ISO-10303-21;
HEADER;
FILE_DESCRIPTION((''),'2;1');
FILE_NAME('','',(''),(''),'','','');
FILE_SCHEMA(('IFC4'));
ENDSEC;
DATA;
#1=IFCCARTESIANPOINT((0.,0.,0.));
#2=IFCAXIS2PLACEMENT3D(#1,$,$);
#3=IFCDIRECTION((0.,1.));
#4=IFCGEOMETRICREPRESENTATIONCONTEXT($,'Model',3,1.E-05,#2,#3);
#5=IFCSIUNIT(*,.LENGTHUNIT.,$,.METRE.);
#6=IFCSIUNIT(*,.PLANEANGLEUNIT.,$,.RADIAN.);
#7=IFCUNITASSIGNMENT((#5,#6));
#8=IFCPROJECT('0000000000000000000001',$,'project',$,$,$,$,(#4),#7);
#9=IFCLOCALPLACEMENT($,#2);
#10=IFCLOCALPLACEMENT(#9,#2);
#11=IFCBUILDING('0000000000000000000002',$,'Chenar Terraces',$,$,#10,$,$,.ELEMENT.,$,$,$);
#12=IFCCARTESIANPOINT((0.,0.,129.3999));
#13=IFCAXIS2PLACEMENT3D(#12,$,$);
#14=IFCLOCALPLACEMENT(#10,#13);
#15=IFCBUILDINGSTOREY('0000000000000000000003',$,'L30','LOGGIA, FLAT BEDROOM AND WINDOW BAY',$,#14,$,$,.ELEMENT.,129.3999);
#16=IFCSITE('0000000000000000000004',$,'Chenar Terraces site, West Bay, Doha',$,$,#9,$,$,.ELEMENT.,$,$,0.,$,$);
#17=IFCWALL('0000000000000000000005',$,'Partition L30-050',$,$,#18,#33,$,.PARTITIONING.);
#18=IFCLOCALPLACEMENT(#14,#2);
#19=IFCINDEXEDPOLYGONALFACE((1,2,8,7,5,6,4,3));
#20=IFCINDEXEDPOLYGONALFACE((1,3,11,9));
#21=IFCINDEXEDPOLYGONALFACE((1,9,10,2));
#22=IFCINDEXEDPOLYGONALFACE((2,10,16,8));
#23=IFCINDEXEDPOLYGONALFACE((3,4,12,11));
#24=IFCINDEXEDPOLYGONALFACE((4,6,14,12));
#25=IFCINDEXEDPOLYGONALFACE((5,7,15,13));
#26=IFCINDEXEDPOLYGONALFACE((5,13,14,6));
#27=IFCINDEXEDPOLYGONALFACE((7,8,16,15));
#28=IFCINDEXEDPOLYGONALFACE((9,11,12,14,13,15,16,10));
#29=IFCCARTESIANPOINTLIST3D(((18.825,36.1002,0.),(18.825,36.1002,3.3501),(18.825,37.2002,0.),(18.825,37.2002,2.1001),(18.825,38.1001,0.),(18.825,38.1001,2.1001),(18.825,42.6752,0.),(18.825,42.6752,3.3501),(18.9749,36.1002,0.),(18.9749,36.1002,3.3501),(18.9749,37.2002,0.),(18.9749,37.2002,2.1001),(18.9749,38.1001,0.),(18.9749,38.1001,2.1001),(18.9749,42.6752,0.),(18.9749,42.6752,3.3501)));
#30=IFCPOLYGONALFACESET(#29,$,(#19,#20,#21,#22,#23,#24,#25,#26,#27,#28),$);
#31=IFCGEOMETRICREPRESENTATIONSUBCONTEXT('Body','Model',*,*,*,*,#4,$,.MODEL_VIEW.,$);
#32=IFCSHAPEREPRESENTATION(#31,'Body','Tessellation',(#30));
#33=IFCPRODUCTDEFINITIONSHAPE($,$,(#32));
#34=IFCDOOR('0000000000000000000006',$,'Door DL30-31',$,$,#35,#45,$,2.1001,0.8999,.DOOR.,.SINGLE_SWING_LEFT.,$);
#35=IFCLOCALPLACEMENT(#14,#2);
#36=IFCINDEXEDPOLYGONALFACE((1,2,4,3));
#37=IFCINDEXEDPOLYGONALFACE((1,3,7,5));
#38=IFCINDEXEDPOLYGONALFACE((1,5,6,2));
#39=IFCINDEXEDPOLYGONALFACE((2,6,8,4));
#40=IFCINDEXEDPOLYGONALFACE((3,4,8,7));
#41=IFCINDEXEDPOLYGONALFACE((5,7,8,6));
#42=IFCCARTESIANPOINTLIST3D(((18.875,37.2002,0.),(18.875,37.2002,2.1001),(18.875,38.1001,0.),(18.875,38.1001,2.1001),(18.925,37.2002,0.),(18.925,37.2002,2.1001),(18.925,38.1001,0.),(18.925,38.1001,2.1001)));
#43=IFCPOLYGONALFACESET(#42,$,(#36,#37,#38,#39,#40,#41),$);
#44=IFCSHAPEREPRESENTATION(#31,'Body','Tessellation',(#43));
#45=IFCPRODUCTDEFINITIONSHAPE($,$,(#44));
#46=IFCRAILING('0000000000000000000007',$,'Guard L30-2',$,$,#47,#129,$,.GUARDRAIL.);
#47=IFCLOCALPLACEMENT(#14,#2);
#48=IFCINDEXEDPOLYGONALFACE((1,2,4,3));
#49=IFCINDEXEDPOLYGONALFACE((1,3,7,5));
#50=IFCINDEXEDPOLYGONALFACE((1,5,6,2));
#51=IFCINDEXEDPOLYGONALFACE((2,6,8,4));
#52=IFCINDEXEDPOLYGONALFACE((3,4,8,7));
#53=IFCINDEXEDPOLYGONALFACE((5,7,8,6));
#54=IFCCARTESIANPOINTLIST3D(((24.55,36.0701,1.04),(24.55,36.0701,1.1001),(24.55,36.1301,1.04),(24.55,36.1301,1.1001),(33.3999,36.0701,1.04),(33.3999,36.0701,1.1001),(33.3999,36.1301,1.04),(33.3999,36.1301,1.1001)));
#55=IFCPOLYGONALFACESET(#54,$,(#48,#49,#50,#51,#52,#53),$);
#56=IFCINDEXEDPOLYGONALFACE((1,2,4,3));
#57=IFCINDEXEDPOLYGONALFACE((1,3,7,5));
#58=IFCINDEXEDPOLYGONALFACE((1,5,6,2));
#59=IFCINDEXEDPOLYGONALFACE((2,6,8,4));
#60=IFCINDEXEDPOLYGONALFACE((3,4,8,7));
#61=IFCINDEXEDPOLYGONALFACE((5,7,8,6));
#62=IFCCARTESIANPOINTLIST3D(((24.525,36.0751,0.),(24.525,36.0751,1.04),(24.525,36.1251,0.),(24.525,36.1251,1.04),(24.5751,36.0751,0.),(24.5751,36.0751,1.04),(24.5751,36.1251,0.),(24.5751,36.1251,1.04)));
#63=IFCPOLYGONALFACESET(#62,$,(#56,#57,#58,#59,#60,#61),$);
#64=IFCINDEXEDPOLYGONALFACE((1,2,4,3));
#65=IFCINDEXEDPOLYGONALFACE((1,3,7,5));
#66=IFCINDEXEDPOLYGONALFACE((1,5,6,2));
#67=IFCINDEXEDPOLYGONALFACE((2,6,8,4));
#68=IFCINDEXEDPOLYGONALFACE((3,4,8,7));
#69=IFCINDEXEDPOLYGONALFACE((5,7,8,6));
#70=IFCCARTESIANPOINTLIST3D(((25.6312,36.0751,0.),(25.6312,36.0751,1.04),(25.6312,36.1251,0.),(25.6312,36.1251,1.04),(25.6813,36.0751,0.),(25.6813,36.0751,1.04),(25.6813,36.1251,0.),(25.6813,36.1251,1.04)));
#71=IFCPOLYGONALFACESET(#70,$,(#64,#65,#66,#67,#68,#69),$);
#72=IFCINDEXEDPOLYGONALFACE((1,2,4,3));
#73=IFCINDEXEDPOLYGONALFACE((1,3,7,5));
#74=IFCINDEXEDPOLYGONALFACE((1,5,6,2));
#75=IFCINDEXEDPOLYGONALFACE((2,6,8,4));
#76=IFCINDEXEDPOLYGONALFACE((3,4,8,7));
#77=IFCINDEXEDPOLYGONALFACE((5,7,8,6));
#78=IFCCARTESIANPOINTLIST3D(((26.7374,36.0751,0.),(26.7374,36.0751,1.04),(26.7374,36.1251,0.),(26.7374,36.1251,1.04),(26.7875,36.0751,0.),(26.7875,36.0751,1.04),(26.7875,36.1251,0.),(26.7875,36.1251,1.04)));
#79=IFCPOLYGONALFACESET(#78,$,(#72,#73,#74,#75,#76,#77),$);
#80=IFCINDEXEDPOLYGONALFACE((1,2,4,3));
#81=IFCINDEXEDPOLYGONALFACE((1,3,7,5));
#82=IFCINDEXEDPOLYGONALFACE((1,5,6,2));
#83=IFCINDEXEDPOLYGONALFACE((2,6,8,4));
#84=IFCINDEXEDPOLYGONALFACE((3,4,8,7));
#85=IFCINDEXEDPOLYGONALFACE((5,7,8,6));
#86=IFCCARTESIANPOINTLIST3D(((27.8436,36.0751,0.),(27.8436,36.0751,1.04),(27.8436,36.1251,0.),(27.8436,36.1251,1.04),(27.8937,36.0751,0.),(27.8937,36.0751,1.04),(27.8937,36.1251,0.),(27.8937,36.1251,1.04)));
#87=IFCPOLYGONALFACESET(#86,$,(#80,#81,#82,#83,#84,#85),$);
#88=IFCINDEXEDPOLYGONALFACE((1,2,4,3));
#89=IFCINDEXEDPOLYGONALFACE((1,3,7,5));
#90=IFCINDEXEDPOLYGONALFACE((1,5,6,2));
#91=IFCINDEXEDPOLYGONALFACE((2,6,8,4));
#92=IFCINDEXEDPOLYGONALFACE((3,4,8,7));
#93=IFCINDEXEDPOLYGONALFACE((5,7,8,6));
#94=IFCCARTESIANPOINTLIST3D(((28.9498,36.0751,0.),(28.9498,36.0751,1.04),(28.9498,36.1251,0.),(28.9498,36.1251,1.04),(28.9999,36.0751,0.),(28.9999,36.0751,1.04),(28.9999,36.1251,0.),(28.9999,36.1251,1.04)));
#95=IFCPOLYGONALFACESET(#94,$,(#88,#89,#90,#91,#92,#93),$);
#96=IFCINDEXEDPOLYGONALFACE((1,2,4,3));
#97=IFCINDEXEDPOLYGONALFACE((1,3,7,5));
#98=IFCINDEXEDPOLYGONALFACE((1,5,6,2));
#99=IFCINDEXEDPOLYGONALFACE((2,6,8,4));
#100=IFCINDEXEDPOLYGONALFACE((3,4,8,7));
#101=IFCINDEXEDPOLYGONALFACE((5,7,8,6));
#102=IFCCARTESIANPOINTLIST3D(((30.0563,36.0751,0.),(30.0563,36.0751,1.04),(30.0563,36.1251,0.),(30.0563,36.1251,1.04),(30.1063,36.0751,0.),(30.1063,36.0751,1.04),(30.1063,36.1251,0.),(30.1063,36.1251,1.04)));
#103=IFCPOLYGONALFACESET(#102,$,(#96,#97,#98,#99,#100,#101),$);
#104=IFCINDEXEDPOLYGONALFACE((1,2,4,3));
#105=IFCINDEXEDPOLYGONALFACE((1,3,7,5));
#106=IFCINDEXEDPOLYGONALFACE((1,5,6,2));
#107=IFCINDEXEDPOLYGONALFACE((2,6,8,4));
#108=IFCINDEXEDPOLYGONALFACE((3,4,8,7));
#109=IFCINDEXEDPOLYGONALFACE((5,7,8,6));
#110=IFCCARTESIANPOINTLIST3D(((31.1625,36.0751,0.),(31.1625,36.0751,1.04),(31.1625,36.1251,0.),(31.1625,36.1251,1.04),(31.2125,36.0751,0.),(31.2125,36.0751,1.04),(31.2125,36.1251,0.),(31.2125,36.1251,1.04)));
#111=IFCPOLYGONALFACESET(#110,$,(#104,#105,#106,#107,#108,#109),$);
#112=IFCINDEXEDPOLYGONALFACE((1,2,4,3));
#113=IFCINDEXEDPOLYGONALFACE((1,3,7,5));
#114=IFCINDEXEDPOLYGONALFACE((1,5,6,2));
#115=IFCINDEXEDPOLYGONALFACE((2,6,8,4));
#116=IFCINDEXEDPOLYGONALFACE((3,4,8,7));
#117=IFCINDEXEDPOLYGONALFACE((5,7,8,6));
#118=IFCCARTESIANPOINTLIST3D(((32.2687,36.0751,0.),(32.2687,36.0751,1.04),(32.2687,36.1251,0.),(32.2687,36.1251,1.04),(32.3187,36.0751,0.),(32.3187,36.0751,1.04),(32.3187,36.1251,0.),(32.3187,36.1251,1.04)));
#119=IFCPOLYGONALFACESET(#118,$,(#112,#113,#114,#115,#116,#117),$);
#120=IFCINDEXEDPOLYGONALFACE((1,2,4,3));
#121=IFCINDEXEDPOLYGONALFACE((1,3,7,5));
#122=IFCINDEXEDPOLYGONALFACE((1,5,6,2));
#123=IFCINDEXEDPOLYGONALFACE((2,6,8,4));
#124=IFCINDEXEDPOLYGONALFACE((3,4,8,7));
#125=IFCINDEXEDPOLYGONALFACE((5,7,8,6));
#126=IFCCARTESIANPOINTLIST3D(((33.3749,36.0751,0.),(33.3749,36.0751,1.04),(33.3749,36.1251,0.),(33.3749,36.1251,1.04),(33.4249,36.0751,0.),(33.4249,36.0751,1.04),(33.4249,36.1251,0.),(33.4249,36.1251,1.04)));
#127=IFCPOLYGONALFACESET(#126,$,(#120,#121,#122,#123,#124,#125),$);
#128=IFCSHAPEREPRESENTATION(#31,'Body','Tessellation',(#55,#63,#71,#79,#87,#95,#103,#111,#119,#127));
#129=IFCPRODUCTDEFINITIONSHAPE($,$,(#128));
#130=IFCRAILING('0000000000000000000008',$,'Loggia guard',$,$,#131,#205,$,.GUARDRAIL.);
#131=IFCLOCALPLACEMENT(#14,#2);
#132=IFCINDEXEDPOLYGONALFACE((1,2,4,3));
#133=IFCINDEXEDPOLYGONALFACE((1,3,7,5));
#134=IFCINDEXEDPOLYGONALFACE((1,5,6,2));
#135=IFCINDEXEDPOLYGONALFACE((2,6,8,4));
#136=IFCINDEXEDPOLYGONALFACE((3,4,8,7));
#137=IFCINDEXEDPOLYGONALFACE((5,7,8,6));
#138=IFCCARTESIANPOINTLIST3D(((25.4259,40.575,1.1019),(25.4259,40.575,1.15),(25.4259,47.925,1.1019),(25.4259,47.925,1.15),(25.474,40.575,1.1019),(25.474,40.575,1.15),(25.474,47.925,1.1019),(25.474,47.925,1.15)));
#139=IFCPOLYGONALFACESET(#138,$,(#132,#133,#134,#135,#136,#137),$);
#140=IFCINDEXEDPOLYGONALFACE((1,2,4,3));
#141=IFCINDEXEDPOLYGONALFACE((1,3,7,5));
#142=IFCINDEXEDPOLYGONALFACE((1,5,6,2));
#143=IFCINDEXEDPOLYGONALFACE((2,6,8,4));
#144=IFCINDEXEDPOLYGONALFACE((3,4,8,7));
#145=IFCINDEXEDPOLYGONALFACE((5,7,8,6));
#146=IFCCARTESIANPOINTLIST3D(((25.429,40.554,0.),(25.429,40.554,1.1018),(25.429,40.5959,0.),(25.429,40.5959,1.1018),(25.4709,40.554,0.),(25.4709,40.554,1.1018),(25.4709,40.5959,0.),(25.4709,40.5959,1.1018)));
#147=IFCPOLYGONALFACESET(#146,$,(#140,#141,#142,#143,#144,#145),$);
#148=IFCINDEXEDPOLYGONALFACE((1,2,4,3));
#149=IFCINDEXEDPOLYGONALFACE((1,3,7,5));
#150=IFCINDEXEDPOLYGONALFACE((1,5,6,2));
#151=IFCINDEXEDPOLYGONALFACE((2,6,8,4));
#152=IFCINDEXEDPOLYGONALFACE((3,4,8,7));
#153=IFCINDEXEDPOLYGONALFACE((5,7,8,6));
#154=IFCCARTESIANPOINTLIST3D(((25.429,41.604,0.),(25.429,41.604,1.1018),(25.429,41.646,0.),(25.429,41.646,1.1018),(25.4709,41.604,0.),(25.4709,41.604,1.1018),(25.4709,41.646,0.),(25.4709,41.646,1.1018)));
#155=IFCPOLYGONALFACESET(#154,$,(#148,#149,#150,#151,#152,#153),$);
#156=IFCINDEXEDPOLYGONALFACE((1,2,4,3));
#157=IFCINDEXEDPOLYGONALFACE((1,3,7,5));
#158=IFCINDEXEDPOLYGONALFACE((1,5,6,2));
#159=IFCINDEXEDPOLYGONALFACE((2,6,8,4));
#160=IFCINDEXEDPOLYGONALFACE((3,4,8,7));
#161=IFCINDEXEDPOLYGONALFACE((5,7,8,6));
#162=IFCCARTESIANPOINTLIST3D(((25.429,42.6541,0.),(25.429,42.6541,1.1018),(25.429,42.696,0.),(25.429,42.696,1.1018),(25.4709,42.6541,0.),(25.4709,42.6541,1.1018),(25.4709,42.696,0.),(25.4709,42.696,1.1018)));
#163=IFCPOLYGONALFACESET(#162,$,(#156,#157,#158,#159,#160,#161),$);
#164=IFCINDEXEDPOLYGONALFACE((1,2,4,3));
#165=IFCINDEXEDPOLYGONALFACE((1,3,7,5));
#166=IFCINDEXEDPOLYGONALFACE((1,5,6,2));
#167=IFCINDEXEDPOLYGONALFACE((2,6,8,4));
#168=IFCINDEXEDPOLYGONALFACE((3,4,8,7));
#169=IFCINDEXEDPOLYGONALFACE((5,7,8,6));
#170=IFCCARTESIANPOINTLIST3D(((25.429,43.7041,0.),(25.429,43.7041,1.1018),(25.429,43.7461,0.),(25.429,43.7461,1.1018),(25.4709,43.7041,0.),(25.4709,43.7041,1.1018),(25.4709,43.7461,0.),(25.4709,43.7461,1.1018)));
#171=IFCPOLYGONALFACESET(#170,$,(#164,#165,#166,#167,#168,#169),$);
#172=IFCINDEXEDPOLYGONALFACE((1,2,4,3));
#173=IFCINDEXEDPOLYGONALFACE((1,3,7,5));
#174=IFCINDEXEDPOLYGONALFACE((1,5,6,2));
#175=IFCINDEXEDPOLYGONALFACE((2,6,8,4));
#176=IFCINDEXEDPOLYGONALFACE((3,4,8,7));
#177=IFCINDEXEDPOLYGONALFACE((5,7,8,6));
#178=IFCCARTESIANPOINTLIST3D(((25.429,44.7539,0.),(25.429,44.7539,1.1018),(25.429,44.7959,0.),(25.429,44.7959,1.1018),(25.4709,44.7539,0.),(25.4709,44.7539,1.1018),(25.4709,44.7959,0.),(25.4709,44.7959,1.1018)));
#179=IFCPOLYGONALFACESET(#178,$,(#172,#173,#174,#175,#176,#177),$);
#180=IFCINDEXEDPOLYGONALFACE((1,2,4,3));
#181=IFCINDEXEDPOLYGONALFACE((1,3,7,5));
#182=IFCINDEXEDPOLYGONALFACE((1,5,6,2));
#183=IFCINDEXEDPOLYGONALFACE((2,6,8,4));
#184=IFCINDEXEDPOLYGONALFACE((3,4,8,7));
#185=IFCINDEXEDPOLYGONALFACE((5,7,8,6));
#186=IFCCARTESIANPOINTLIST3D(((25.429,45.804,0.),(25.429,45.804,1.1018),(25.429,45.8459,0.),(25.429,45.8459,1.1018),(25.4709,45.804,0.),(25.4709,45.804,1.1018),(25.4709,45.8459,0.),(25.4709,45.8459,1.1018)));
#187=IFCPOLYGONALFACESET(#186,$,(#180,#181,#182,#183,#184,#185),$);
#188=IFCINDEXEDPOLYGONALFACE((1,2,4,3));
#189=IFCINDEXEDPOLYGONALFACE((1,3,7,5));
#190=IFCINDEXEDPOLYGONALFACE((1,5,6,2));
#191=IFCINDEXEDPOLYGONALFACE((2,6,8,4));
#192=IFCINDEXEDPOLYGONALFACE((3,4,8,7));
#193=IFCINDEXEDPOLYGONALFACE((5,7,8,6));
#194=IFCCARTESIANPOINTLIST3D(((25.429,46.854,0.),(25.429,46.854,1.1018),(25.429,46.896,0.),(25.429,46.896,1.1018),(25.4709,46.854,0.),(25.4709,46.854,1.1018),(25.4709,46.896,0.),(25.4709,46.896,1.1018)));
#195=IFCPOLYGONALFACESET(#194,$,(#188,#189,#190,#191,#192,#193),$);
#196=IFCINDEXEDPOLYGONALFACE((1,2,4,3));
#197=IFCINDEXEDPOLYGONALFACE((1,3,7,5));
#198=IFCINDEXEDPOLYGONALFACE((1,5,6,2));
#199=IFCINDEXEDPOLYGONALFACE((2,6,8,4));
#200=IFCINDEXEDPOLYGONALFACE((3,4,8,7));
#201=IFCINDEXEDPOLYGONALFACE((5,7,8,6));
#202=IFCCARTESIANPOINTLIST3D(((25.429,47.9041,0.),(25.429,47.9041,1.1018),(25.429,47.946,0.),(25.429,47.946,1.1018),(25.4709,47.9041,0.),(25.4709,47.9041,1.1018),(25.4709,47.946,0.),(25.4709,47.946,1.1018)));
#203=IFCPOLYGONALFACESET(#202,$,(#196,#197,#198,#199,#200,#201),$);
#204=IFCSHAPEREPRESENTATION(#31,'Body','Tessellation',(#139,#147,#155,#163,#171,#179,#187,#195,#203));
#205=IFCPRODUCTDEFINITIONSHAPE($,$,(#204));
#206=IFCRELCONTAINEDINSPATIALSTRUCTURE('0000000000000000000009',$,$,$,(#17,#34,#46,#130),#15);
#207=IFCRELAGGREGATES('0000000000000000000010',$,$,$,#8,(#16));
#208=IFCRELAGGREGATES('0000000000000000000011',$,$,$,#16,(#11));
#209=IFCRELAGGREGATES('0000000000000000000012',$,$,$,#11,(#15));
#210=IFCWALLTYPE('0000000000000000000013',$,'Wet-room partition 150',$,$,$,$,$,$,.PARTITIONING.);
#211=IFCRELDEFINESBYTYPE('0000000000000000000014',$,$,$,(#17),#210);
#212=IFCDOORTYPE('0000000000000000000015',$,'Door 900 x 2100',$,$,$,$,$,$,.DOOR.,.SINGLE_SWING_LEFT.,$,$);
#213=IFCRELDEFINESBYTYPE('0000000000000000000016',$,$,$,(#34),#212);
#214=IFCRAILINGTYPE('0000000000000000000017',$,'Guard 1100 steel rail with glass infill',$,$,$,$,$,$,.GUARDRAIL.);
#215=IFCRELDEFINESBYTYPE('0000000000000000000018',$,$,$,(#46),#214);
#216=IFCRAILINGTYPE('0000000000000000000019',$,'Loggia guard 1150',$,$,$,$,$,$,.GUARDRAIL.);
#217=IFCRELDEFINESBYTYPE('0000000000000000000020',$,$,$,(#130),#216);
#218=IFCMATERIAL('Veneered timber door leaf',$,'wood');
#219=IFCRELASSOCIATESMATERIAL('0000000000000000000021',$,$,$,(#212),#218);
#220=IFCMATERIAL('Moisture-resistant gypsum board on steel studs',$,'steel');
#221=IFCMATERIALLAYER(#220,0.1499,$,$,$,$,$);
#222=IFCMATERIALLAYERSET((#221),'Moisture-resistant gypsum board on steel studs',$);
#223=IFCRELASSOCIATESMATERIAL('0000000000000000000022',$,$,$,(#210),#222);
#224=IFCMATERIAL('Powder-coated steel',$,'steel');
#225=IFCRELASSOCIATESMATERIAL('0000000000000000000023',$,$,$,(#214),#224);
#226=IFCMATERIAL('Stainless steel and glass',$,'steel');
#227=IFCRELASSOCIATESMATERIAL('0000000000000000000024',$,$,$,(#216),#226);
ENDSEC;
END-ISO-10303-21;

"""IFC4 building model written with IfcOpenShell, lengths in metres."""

from ifc_helpers import new_model, si_unit, direction, frame, frame_2d, origin, origin_2d, place, context, subcontext, project, spatial, rectangle, extrude, material, layer, layer_set, type_object, element, fill, save


model = new_model("IFC4")

# Units and contexts
model_context = context("Model", 3, precision=1e-05, world=origin(), true_north=direction((0.0, 1.0)))
body_context = subcontext(model_context, "Body", "Model", "MODEL_VIEW")
ifc_project = project(units=[si_unit("LENGTHUNIT", "METRE"), si_unit("PLANEANGLEUNIT", "RADIAN")], contexts=[model_context])

# Site, building, storey
site_placement = place(None, origin())
site = spatial("IfcSite", under=ifc_project, at=site_placement, Name="Chenar Terraces site, West Bay, Doha", CompositionType="ELEMENT", RefElevation=0.0)
building_placement = place(site_placement, origin())
building = spatial("IfcBuilding", under=site, at=building_placement, Name="Chenar Terraces", CompositionType="ELEMENT")
storey_placement = place(building_placement, frame((0.0, 0.0, 129.3999)))
storey = spatial("IfcBuildingStorey", under=building, at=storey_placement, Name="L30", Description="LOGGIA, FLAT BEDROOM AND WINDOW BAY", CompositionType="ELEMENT", Elevation=129.3999)

# Shared definitions
ifc_material_1 = material(Name="Veneered timber door leaf", Category="wood")
door_type_1 = type_object("IfcDoorType", Name="Door 900 x 2100", OperationType="SINGLE_SWING_LEFT", PredefinedType="DOOR", material=ifc_material_1)

# Shared definitions
ifc_material_2 = material(Name="Moisture-resistant gypsum board on steel studs", Category="steel")
ifc_layer_1 = layer(ifc_material_2, 0.1499)
ifc_layer_set_1 = layer_set([ifc_layer_1], Name="Moisture-resistant gypsum board on steel studs")
wall_type_1 = type_object("IfcWallType", Name="Wet-room partition 150", PredefinedType="PARTITIONING", material=ifc_layer_set_1)

# Wall, opening, door
wall_1_placement = place(storey_placement, frame((18.8999, 36.1001, 0.0), z_axis=(0.0, 0.0, 1.0), x_axis=(0.0, 1.0, 0.0)))
wall_1 = element("IfcWall", 1, at=wall_1_placement, inside=storey, type_object=wall_type_1, Name="Partition L30-050", PredefinedType="PARTITIONING", context=body_context, shape_type="SweptSolid", body=[
    extrude(rectangle(XDim=6.575, YDim=0.1499, at=frame_2d((3.2876, 0.0))), origin(), (0.0, 0.0, 1.0), 3.3501),
])
opening_1_placement = place(wall_1_placement, frame((1.1001, 0.0, 0.0)))
opening_1 = element("IfcOpeningElement", 2, at=opening_1_placement, cuts=wall_1, PredefinedType="OPENING", context=body_context, shape_type="SweptSolid", body=[
    extrude(rectangle(XDim=0.8999, YDim=2.1001, at=frame_2d((0.45, 1.05))), frame((0.0, 0.085, 0.0), z_axis=(0.0, -1.0, 0.0), x_axis=(1.0, 0.0, 0.0)), (0.0, 0.0, 1.0), 0.1699),
])
door_1_placement = place(opening_1_placement, origin())
door_1 = element("IfcDoor", 3, at=door_1_placement, inside=storey, type_object=door_type_1, Name="Door DL30-31", OperationType="SINGLE_SWING_LEFT", OverallHeight=2.1001, OverallWidth=0.8999, PredefinedType="DOOR", context=body_context, shape_type="SweptSolid", body=[
    extrude(rectangle(XDim=0.8999, YDim=2.1001, at=frame_2d((0.45, 1.05))), frame((0.0, 0.0249, 0.0), z_axis=(0.0, -1.0, 0.0), x_axis=(1.0, 0.0, 0.0)), (0.0, 0.0, 1.0), 0.05),
])
fill(opening_1, door_1)

# Railings
ifc_material_3 = material(Name="Powder-coated steel", Category="steel")
railing_type_1 = type_object("IfcRailingType", Name="Guard 1100 steel rail with glass infill", PredefinedType="GUARDRAIL", material=ifc_material_3)
railing_1_placement = place(storey_placement, frame((24.55, 36.1001, 0.0)))
element("IfcRailing", 4, at=railing_1_placement, inside=storey, type_object=railing_type_1, Name="Guard L30-2", PredefinedType="GUARDRAIL", context=body_context, shape_type="SweptSolid", body=[
    extrude(rectangle(XDim=0.0601, YDim=0.0601, at=origin_2d()), frame((0.0, 0.0, 1.0701), z_axis=(1.0, 0.0, 0.0), x_axis=(0.0, 1.0, 0.0)), (0.0, 0.0, 1.0), 8.8499),
    extrude(rectangle(XDim=0.05, YDim=0.05, at=origin_2d()), origin(), (0.0, 0.0, 1.0), 1.04),
    extrude(rectangle(XDim=0.05, YDim=0.05, at=origin_2d()), frame((1.1062, 0.0, 0.0)), (0.0, 0.0, 1.0), 1.04),
    extrude(rectangle(XDim=0.05, YDim=0.05, at=origin_2d()), frame((2.2124, 0.0, 0.0)), (0.0, 0.0, 1.0), 1.04),
    extrude(rectangle(XDim=0.05, YDim=0.05, at=origin_2d()), frame((3.3186, 0.0, 0.0)), (0.0, 0.0, 1.0), 1.04),
    extrude(rectangle(XDim=0.05, YDim=0.05, at=origin_2d()), frame((4.4248, 0.0, 0.0)), (0.0, 0.0, 1.0), 1.04),
    extrude(rectangle(XDim=0.05, YDim=0.05, at=origin_2d()), frame((5.5312, 0.0, 0.0)), (0.0, 0.0, 1.0), 1.04),
    extrude(rectangle(XDim=0.05, YDim=0.05, at=origin_2d()), frame((6.6375, 0.0, 0.0)), (0.0, 0.0, 1.0), 1.04),
    extrude(rectangle(XDim=0.05, YDim=0.05, at=origin_2d()), frame((7.7437, 0.0, 0.0)), (0.0, 0.0, 1.0), 1.04),
    extrude(rectangle(XDim=0.05, YDim=0.05, at=origin_2d()), frame((8.8499, 0.0, 0.0)), (0.0, 0.0, 1.0), 1.04),
])
ifc_material_4 = material(Name="Stainless steel and glass", Category="steel")
railing_type_2 = type_object("IfcRailingType", Name="Loggia guard 1150", PredefinedType="GUARDRAIL", material=ifc_material_4)
railing_2_placement = place(storey_placement, frame((25.45, 40.575, 0.0)))
element("IfcRailing", 5, at=railing_2_placement, inside=storey, type_object=railing_type_2, Name="Loggia guard", PredefinedType="GUARDRAIL", context=body_context, shape_type="SweptSolid", body=[
    extrude(rectangle(XDim=0.0481, YDim=0.0481, at=origin_2d()), frame((0.0, 0.0, 1.126), z_axis=(0.0, 1.0, 0.0), x_axis=(-1.0, 0.0, 0.0)), (0.0, 0.0, 1.0), 7.3501),
    extrude(rectangle(XDim=0.042, YDim=0.042, at=origin_2d()), origin(), (0.0, 0.0, 1.0), 1.1018),
    extrude(rectangle(XDim=0.042, YDim=0.042, at=origin_2d()), frame((0.0, 1.05, 0.0)), (0.0, 0.0, 1.0), 1.1018),
    extrude(rectangle(XDim=0.042, YDim=0.042, at=origin_2d()), frame((0.0, 2.1001, 0.0)), (0.0, 0.0, 1.0), 1.1018),
    extrude(rectangle(XDim=0.042, YDim=0.042, at=origin_2d()), frame((0.0, 3.1501, 0.0)), (0.0, 0.0, 1.0), 1.1018),
    extrude(rectangle(XDim=0.042, YDim=0.042, at=origin_2d()), frame((0.0, 4.2, 0.0)), (0.0, 0.0, 1.0), 1.1018),
    extrude(rectangle(XDim=0.042, YDim=0.042, at=origin_2d()), frame((0.0, 5.25, 0.0)), (0.0, 0.0, 1.0), 1.1018),
    extrude(rectangle(XDim=0.042, YDim=0.042, at=origin_2d()), frame((0.0, 6.3, 0.0)), (0.0, 0.0, 1.0), 1.1018),
    extrude(rectangle(XDim=0.042, YDim=0.042, at=origin_2d()), frame((0.0, 7.3501, 0.0)), (0.0, 0.0, 1.0), 1.1018),
])

save(model, "model.ifc")
